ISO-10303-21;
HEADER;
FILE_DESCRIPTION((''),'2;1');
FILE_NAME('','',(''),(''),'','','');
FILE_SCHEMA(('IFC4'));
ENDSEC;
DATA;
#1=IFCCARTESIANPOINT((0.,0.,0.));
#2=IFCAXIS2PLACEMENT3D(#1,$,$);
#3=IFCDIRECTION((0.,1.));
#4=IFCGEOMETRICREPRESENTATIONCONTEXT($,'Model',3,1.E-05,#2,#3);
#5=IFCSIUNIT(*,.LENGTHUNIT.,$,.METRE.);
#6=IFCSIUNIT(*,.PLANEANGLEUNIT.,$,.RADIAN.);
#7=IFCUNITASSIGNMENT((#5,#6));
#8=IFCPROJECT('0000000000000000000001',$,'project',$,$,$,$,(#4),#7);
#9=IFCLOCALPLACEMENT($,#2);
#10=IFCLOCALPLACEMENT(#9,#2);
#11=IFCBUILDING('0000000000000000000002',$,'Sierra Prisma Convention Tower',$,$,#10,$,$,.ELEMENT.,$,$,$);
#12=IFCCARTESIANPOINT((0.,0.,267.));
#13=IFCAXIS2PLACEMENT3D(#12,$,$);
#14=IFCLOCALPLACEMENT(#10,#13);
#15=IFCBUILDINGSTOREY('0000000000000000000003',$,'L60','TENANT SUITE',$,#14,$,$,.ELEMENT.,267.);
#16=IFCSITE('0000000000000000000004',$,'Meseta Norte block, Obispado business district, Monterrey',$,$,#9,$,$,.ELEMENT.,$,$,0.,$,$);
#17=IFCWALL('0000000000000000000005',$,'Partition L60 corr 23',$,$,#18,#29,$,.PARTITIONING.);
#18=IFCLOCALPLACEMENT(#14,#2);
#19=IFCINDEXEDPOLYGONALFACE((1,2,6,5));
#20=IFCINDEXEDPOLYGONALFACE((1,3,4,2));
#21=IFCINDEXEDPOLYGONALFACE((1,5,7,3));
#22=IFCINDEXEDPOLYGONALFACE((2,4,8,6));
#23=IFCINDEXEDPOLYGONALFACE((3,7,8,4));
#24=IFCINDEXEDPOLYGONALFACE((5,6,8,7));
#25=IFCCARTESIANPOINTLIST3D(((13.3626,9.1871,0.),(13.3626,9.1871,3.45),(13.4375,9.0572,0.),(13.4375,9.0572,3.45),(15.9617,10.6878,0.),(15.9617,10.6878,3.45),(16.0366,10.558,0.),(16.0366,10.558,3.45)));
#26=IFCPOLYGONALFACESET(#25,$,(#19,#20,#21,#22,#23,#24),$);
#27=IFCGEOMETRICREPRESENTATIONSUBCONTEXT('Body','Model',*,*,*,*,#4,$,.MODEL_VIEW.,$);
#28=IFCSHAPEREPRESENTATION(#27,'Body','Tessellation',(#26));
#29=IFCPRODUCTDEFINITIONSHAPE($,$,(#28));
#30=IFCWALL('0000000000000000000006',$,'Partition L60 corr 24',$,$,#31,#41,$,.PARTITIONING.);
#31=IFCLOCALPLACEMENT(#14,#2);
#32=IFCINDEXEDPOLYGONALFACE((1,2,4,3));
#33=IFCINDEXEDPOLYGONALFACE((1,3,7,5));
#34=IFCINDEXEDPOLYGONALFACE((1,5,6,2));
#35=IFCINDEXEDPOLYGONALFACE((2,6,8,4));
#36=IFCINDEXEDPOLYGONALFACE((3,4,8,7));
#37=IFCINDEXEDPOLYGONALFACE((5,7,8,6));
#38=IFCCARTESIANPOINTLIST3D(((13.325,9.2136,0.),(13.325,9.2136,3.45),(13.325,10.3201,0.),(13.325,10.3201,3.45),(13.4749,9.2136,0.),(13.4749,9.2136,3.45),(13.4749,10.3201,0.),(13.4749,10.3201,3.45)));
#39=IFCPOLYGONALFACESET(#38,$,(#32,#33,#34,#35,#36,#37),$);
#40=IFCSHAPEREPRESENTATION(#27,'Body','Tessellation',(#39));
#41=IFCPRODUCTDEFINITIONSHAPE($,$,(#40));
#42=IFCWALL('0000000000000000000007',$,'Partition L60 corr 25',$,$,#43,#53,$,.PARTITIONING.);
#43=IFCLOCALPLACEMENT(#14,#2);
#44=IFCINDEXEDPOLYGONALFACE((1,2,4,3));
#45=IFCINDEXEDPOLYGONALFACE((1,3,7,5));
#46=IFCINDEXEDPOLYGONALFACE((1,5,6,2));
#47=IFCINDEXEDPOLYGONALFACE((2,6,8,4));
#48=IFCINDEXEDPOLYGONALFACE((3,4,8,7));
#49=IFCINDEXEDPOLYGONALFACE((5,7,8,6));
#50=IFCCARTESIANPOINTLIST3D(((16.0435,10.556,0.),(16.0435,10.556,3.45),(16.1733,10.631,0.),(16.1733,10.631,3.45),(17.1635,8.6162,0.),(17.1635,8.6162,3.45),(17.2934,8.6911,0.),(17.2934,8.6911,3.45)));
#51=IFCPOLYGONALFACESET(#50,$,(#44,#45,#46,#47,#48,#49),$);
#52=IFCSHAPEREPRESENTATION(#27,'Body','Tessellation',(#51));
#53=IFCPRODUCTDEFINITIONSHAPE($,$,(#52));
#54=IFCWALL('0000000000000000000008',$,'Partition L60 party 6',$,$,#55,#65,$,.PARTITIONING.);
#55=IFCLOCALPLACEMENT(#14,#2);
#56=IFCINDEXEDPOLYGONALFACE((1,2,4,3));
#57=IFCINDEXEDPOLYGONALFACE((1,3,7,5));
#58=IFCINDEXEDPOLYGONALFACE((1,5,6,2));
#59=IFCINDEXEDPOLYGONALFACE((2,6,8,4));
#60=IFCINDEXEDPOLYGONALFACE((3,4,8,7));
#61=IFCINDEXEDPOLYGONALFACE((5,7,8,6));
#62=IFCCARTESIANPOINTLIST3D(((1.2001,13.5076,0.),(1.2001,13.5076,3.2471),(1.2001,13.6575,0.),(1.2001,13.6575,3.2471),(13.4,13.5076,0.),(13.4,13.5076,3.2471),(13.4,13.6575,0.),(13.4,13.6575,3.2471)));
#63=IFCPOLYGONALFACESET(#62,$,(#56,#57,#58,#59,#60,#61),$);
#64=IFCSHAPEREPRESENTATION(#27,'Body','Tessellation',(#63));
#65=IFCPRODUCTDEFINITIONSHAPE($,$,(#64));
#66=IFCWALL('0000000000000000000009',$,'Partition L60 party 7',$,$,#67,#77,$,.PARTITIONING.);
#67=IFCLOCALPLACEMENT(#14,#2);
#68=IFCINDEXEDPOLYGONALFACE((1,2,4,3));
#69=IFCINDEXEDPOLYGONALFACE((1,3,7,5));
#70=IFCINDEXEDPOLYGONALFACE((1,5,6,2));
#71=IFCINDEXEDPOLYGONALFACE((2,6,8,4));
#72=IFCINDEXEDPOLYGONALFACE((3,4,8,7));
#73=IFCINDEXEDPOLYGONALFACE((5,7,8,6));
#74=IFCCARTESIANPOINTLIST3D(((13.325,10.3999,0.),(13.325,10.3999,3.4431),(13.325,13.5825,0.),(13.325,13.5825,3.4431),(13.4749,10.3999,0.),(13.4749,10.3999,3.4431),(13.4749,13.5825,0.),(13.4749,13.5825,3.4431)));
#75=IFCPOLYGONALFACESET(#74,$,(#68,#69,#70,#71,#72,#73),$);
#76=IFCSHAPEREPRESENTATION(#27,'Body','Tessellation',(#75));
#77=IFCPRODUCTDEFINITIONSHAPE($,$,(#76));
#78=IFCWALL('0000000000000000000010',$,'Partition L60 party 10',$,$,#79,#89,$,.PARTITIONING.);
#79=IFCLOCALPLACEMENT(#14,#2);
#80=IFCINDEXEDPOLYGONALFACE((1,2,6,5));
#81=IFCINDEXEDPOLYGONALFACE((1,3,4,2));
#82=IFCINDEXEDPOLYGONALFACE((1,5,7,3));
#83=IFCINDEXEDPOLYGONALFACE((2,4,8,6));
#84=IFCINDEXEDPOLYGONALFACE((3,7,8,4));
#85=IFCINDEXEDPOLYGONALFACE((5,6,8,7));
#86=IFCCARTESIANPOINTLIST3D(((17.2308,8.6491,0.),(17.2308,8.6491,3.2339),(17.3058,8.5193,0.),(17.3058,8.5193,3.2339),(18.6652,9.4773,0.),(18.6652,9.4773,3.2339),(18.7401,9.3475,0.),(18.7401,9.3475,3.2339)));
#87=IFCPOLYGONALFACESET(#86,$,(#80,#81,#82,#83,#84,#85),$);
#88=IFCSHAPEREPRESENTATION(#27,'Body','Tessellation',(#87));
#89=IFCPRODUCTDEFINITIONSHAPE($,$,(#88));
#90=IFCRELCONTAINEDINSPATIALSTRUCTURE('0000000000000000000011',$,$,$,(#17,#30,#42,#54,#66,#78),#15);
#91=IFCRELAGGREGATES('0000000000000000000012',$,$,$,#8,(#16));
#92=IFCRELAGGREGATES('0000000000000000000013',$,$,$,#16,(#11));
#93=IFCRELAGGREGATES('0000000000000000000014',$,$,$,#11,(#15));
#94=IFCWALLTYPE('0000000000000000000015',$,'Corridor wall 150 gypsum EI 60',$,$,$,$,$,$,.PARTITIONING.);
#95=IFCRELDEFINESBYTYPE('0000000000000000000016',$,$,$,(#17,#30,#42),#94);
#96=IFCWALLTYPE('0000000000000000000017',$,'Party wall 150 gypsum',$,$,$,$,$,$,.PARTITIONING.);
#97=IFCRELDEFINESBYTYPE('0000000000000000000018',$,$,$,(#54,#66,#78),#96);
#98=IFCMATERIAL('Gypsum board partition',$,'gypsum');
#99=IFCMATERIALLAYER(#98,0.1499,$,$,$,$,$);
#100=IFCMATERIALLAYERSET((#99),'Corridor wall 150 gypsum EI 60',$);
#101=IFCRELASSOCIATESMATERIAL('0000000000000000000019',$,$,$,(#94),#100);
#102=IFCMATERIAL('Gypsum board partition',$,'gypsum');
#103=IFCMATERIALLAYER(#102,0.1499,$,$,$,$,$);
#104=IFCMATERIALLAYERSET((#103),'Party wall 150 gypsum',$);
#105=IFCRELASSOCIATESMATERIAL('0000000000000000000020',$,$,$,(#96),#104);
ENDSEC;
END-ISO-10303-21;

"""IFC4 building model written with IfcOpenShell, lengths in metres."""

from ifc_helpers import new_model, si_unit, direction, frame, frame_2d, origin, place, context, subcontext, project, spatial, rectangle, extrude, material, layer, layer_set, type_object, element, save


model = new_model("IFC4")

# Units and contexts
model_context = context("Model", 3, precision=1e-05, world=origin(), true_north=direction((0.0, 1.0)))
body_context = subcontext(model_context, "Body", "Model", "MODEL_VIEW")
ifc_project = project(units=[si_unit("LENGTHUNIT", "METRE"), si_unit("PLANEANGLEUNIT", "RADIAN")], contexts=[model_context])

# Site, building, storey
site_placement = place(None, origin())
site = spatial("IfcSite", under=ifc_project, at=site_placement, Name="Meseta Norte block, Obispado business district, Monterrey", CompositionType="ELEMENT", RefElevation=0.0)
building_placement = place(site_placement, origin())
building = spatial("IfcBuilding", under=site, at=building_placement, Name="Sierra Prisma Convention Tower", CompositionType="ELEMENT")
storey_placement = place(building_placement, frame((0.0, 0.0, 267.0)))
storey = spatial("IfcBuildingStorey", under=building, at=storey_placement, Name="L60", Description="TENANT SUITE", CompositionType="ELEMENT", Elevation=267.0)

# Shared definitions
ifc_material_1 = material(Name="Gypsum board partition", Category="gypsum")
ifc_layer_1 = layer(ifc_material_1, 0.1499)
ifc_layer_set_1 = layer_set([ifc_layer_1], Name="Corridor wall 150 gypsum EI 60")
wall_type_1 = type_object("IfcWallType", Name="Corridor wall 150 gypsum EI 60", PredefinedType="PARTITIONING", material=ifc_layer_set_1)

# Walls
wall_1_placement = place(storey_placement, frame((15.999, 10.6228, 0.0), z_axis=(0.0, 0.0, 1.0), x_axis=(-0.866007, -0.500032, 0.0)))
element("IfcWall", 1, at=wall_1_placement, inside=storey, type_object=wall_type_1, Name="Partition L60 corr 23", PredefinedType="PARTITIONING", context=body_context, shape_type="SweptSolid", body=[
    extrude(rectangle(XDim=3.0012, YDim=0.1499, at=frame_2d((1.5005, 0.0))), origin(), (0.0, 0.0, 1.0), 3.45),
])
wall_2_placement = place(storey_placement, frame((13.3999, 9.2136, 0.0), z_axis=(0.0, 0.0, 1.0), x_axis=(0.0, 1.0, 0.0)))
element("IfcWall", 2, at=wall_2_placement, inside=storey, type_object=wall_type_1, Name="Partition L60 corr 24", PredefinedType="PARTITIONING", context=body_context, shape_type="SweptSolid", body=[
    extrude(rectangle(XDim=1.1064, YDim=0.1499, at=frame_2d((0.5532, 0.0))), origin(), (0.0, 0.0, 1.0), 3.45),
])
wall_3_placement = place(storey_placement, frame((17.2285, 8.6536, 0.0), z_axis=(0.0, 0.0, 1.0), x_axis=(-0.500031, 0.866008, 0.0)))
element("IfcWall", 3, at=wall_3_placement, inside=storey, type_object=wall_type_1, Name="Partition L60 corr 25", PredefinedType="PARTITIONING", context=body_context, shape_type="SweptSolid", body=[
    extrude(rectangle(XDim=2.24, YDim=0.1499, at=frame_2d((1.1201, 0.0))), origin(), (0.0, 0.0, 1.0), 3.45),
])
ifc_material_2 = material(Name="Gypsum board partition", Category="gypsum")
ifc_layer_2 = layer(ifc_material_2, 0.1499)
ifc_layer_set_2 = layer_set([ifc_layer_2], Name="Party wall 150 gypsum")
wall_type_2 = type_object("IfcWallType", Name="Party wall 150 gypsum", PredefinedType="PARTITIONING", material=ifc_layer_set_2)
wall_4_placement = place(storey_placement, frame((1.2, 13.5825, 0.0), z_axis=(0.0, 0.0, 1.0), x_axis=(1.0, 0.0, 0.0)))
element("IfcWall", 4, at=wall_4_placement, inside=storey, type_object=wall_type_2, Name="Partition L60 party 6", PredefinedType="PARTITIONING", context=body_context, shape_type="SweptSolid", body=[
    extrude(rectangle(XDim=12.2, YDim=0.1499, at=frame_2d((6.1001, 0.0))), origin(), (0.0, 0.0, 1.0), 3.2471),
])
wall_5_placement = place(storey_placement, frame((13.3999, 13.5825, 0.0), z_axis=(0.0, 0.0, 1.0), x_axis=(0.0, -1.0, 0.0)))
element("IfcWall", 5, at=wall_5_placement, inside=storey, type_object=wall_type_2, Name="Partition L60 party 7", PredefinedType="PARTITIONING", context=body_context, shape_type="SweptSolid", body=[
    extrude(rectangle(XDim=3.1826, YDim=0.1499, at=frame_2d((1.5913, 0.0))), origin(), (0.0, 0.0, 1.0), 3.4431),
])
wall_6_placement = place(storey_placement, frame((17.2683, 8.5842, 0.0), z_axis=(0.0, 0.0, 1.0), x_axis=(0.866021, 0.500007, 0.0)))
element("IfcWall", 6, at=wall_6_placement, inside=storey, type_object=wall_type_2, Name="Partition L60 party 10", PredefinedType="PARTITIONING", context=body_context, shape_type="SweptSolid", body=[
    extrude(rectangle(XDim=1.6562, YDim=0.1499, at=frame_2d((0.8281, 0.0))), origin(), (0.0, 0.0, 1.0), 3.2339),
])

save(model, "model.ifc")
